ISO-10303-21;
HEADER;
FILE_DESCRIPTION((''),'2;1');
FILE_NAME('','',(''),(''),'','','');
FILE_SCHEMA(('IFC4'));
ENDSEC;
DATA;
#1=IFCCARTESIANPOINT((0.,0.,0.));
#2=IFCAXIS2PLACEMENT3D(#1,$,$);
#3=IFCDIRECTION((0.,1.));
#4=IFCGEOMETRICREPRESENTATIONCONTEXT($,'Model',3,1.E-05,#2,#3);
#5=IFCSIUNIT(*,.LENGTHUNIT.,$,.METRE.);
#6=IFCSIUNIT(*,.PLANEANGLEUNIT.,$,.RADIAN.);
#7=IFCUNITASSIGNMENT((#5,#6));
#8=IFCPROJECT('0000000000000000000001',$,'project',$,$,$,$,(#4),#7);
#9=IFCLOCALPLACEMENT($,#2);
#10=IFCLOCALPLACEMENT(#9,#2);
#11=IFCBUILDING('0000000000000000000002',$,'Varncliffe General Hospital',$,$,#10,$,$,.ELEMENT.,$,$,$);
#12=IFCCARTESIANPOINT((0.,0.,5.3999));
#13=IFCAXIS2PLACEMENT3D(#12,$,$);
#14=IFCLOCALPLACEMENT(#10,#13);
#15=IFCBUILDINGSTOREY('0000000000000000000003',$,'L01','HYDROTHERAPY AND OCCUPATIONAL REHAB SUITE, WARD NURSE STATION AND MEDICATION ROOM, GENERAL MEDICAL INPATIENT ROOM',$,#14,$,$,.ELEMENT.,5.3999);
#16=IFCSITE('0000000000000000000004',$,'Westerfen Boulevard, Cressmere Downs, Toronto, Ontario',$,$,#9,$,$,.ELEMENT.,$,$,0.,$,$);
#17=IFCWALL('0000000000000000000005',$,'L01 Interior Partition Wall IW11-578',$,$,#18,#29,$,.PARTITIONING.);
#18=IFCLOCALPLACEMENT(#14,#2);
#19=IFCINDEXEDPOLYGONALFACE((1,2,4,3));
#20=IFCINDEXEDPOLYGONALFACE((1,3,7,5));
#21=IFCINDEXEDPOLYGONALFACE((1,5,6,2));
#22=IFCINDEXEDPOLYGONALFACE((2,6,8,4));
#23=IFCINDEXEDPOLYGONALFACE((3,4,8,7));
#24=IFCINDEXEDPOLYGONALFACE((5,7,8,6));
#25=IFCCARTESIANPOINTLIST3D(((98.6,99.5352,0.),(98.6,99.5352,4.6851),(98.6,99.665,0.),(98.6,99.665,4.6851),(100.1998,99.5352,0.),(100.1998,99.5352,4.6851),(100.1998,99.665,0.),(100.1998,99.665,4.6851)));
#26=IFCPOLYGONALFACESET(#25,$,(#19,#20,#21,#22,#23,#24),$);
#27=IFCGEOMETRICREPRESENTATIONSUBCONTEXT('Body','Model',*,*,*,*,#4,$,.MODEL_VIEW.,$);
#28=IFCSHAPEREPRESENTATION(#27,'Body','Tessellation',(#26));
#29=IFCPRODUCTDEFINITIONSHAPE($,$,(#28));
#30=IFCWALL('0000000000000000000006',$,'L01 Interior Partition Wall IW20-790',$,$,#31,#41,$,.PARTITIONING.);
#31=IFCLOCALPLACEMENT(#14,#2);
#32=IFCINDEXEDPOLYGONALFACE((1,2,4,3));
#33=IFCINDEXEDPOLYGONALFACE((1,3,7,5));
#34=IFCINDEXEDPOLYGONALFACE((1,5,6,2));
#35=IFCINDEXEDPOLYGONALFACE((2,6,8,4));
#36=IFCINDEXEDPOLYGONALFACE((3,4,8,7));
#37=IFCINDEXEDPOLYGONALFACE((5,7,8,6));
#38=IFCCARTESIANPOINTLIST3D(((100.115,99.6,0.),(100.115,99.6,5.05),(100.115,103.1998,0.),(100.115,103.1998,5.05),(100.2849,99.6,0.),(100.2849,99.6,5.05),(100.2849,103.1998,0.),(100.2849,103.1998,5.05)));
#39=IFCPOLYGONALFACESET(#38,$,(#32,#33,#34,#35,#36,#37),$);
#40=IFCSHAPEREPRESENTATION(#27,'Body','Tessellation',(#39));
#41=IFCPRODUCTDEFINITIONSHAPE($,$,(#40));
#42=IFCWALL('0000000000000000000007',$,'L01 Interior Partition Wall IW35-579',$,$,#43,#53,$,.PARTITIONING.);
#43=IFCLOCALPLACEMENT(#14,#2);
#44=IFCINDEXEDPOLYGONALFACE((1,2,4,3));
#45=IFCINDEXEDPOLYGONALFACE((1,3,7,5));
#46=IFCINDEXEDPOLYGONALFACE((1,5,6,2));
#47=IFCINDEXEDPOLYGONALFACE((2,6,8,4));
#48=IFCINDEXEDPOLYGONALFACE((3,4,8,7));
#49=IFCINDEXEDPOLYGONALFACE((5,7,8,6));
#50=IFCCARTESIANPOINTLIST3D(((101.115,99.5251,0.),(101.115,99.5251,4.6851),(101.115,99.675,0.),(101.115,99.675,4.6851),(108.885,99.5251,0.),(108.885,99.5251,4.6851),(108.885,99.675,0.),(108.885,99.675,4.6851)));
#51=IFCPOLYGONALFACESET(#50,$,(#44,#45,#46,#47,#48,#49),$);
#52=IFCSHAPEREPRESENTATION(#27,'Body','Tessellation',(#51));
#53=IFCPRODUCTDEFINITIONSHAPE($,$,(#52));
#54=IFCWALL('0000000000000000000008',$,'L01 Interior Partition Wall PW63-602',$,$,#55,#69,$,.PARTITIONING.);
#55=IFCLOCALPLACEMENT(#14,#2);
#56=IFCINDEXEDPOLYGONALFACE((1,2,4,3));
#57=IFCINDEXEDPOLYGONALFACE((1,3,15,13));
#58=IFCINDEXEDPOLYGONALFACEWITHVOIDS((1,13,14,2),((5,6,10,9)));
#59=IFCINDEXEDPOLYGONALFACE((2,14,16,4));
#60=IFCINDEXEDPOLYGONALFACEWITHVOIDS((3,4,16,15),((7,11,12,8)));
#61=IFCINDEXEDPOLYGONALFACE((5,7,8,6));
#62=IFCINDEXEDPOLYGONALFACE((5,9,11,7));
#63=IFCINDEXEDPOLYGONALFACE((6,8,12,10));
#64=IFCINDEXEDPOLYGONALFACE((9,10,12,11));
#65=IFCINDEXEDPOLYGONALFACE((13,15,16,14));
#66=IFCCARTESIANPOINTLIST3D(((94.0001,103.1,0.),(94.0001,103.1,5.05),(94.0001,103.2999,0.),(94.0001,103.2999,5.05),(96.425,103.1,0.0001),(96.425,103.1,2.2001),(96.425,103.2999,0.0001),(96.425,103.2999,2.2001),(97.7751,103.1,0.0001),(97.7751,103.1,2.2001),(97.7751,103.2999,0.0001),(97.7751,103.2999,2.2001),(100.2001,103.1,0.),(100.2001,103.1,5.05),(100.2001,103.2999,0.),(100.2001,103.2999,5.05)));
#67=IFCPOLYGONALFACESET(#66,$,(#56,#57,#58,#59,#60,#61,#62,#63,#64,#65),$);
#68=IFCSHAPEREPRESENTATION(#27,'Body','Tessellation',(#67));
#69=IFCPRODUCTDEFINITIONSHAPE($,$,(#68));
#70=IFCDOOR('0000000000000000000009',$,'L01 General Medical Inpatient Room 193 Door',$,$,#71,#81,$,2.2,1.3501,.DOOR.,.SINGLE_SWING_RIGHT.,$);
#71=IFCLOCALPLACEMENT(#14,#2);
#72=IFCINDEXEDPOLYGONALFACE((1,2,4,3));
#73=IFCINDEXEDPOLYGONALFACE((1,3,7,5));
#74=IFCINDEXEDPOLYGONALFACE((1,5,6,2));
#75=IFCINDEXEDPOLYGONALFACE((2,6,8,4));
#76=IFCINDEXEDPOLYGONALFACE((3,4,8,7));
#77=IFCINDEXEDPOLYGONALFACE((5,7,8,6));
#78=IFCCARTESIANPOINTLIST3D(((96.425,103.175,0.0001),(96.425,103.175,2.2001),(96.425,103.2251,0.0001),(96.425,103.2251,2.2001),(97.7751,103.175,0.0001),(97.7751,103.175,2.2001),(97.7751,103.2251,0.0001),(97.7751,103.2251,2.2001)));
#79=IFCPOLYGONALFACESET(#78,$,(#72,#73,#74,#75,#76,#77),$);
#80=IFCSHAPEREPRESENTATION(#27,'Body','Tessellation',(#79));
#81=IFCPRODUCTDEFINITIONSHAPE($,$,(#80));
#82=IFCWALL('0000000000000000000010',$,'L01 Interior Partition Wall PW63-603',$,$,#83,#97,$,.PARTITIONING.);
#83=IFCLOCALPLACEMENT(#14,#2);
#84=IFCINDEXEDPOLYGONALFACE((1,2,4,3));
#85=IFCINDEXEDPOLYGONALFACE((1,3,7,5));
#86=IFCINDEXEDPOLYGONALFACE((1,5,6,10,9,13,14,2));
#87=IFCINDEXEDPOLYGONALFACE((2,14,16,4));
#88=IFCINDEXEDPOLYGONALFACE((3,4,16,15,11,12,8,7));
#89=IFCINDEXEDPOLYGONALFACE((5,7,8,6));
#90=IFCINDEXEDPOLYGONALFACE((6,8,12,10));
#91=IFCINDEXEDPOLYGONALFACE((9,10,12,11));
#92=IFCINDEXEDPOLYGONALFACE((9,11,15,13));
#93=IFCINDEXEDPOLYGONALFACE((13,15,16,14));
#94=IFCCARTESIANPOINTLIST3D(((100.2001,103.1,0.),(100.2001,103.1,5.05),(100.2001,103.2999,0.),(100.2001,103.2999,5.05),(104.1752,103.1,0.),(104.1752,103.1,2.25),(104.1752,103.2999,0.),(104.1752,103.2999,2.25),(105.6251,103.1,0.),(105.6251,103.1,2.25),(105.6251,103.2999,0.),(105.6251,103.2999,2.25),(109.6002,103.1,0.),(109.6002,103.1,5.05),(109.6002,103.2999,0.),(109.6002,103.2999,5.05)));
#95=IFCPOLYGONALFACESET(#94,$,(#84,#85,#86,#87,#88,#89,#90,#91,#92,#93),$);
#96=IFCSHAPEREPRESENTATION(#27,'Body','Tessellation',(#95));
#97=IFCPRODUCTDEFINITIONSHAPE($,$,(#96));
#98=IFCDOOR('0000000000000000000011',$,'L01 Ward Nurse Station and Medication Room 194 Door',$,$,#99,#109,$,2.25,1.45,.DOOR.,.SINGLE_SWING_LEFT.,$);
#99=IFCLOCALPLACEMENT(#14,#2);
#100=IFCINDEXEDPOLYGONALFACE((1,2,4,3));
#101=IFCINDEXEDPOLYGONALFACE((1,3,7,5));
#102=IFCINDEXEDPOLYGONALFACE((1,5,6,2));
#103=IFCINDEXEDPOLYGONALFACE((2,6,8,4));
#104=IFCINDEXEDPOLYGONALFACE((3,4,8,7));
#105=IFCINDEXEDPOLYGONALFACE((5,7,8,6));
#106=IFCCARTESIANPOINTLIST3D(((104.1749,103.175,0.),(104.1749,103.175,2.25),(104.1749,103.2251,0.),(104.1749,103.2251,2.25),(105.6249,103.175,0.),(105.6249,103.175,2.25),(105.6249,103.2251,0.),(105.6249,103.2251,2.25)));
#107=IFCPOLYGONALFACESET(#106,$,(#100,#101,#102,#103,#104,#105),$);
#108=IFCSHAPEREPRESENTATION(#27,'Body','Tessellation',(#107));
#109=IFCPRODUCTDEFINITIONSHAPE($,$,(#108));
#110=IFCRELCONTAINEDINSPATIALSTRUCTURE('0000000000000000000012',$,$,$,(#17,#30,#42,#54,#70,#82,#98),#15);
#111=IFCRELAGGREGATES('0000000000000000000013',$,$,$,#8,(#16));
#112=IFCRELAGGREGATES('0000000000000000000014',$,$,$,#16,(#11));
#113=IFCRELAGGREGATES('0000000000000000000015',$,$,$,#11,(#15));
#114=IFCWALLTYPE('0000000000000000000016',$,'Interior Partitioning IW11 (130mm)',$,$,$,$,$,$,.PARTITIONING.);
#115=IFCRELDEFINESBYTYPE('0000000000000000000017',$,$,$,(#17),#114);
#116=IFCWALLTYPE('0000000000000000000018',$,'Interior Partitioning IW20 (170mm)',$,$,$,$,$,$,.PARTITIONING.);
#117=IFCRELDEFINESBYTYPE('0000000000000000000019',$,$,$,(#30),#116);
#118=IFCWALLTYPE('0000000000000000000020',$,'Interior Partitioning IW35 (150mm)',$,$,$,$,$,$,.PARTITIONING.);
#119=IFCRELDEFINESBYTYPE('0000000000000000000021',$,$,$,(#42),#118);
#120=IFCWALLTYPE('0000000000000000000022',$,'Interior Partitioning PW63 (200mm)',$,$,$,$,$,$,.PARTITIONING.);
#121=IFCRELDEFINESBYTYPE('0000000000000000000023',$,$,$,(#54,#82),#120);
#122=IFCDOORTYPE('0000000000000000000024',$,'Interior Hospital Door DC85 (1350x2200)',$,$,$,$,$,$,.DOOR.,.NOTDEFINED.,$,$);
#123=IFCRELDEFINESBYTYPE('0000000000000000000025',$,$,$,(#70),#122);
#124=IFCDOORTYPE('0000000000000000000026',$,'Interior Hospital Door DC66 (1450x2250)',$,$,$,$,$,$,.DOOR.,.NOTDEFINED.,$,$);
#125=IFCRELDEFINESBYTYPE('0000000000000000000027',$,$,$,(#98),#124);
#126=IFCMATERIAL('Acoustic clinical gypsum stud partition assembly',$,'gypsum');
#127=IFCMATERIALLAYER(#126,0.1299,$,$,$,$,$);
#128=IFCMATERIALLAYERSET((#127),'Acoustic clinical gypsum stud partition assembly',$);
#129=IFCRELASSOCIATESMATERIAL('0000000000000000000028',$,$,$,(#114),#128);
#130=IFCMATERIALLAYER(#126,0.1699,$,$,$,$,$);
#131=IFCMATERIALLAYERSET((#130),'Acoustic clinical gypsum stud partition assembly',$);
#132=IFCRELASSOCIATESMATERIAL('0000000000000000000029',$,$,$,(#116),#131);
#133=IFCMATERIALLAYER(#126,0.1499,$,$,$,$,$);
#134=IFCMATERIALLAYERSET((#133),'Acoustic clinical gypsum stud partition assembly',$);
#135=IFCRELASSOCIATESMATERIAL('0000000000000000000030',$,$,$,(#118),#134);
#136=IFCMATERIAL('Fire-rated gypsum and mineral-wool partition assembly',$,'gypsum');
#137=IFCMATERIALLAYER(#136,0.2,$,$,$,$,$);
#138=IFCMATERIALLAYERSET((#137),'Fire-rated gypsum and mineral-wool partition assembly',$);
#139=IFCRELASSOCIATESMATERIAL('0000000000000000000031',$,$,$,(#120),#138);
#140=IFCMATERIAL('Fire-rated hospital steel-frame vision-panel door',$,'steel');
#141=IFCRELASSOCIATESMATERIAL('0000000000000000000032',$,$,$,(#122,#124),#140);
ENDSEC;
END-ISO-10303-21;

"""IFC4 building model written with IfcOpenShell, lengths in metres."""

from ifc_helpers import new_model, si_unit, direction, frame, frame_2d, origin, place, context, subcontext, project, spatial, rectangle, extrude, material, layer, layer_set, type_object, element, fill, save


model = new_model("IFC4")

# Units and contexts
model_context = context("Model", 3, precision=1e-05, world=origin(), true_north=direction((0.0, 1.0)))
body_context = subcontext(model_context, "Body", "Model", "MODEL_VIEW")
ifc_project = project(units=[si_unit("LENGTHUNIT", "METRE"), si_unit("PLANEANGLEUNIT", "RADIAN")], contexts=[model_context])

# Site, building, storey
site_placement = place(None, origin())
site = spatial("IfcSite", under=ifc_project, at=site_placement, Name="Westerfen Boulevard, Cressmere Downs, Toronto, Ontario", CompositionType="ELEMENT", RefElevation=0.0)
building_placement = place(site_placement, origin())
building = spatial("IfcBuilding", under=site, at=building_placement, Name="Varncliffe General Hospital", CompositionType="ELEMENT")
storey_placement = place(building_placement, frame((0.0, 0.0, 5.3999)))
storey = spatial("IfcBuildingStorey", under=building, at=storey_placement, Name="L01", Description="HYDROTHERAPY AND OCCUPATIONAL REHAB SUITE, WARD NURSE STATION AND MEDICATION ROOM, GENERAL MEDICAL INPATIENT ROOM", CompositionType="ELEMENT", Elevation=5.3999)

# Walls
ifc_material_1 = material(Name="Acoustic clinical gypsum stud partition assembly", Category="gypsum")
ifc_layer_1 = layer(ifc_material_1, 0.1299)
ifc_layer_set_1 = layer_set([ifc_layer_1], Name="Acoustic clinical gypsum stud partition assembly")
wall_type_1 = type_object("IfcWallType", Name="Interior Partitioning IW11 (130mm)", PredefinedType="PARTITIONING", material=ifc_layer_set_1)
wall_1_placement = place(storey_placement, frame((98.6001, 99.6001, 0.0), z_axis=(0.0, 0.0, 1.0), x_axis=(1.0, 0.0, 0.0)))
element("IfcWall", 1, at=wall_1_placement, inside=storey, type_object=wall_type_1, Name="L01 Interior Partition Wall IW11-578", PredefinedType="PARTITIONING", context=body_context, shape_type="SweptSolid", body=[
    extrude(rectangle(XDim=1.5999, YDim=0.1299, at=frame_2d((0.7998, 0.0))), origin(), (0.0, 0.0, 1.0), 4.6851),
])
ifc_layer_2 = layer(ifc_material_1, 0.1699)
ifc_layer_set_2 = layer_set([ifc_layer_2], Name="Acoustic clinical gypsum stud partition assembly")
wall_type_2 = type_object("IfcWallType", Name="Interior Partitioning IW20 (170mm)", PredefinedType="PARTITIONING", material=ifc_layer_set_2)
wall_2_placement = place(storey_placement, frame((100.2, 99.6001, 0.0), z_axis=(0.0, 0.0, 1.0), x_axis=(0.0, 1.0, 0.0)))
element("IfcWall", 2, at=wall_2_placement, inside=storey, type_object=wall_type_2, Name="L01 Interior Partition Wall IW20-790", PredefinedType="PARTITIONING", context=body_context, shape_type="SweptSolid", body=[
    extrude(rectangle(XDim=3.5999, YDim=0.1699, at=frame_2d((1.7998, 0.0))), origin(), (0.0, 0.0, 1.0), 5.05),
])
ifc_layer_3 = layer(ifc_material_1, 0.1499)
ifc_layer_set_3 = layer_set([ifc_layer_3], Name="Acoustic clinical gypsum stud partition assembly")
wall_type_3 = type_object("IfcWallType", Name="Interior Partitioning IW35 (150mm)", PredefinedType="PARTITIONING", material=ifc_layer_set_3)
wall_3_placement = place(storey_placement, frame((101.115, 99.6001, 0.0), z_axis=(0.0, 0.0, 1.0), x_axis=(1.0, 0.0, 0.0)))
element("IfcWall", 3, at=wall_3_placement, inside=storey, type_object=wall_type_3, Name="L01 Interior Partition Wall IW35-579", PredefinedType="PARTITIONING", context=body_context, shape_type="SweptSolid", body=[
    extrude(rectangle(XDim=7.77, YDim=0.1499, at=frame_2d((3.885, 0.0))), origin(), (0.0, 0.0, 1.0), 4.6851),
])

# Walls, openings, doors
ifc_material_2 = material(Name="Fire-rated gypsum and mineral-wool partition assembly", Category="gypsum")
ifc_layer_4 = layer(ifc_material_2, 0.2)
ifc_layer_set_4 = layer_set([ifc_layer_4], Name="Fire-rated gypsum and mineral-wool partition assembly")
wall_type_4 = type_object("IfcWallType", Name="Interior Partitioning PW63 (200mm)", PredefinedType="PARTITIONING", material=ifc_layer_set_4)
wall_4_placement = place(storey_placement, frame((94.0, 103.2, 0.0), z_axis=(0.0, 0.0, 1.0), x_axis=(1.0, 0.0, 0.0)))
wall_4 = element("IfcWall", 4, at=wall_4_placement, inside=storey, type_object=wall_type_4, Name="L01 Interior Partition Wall PW63-602", PredefinedType="PARTITIONING", context=body_context, shape_type="SweptSolid", body=[
    extrude(rectangle(XDim=6.2, YDim=0.2, at=frame_2d((3.1001, 0.0))), origin(), (0.0, 0.0, 1.0), 5.05),
])
opening_1_placement = place(wall_4_placement, frame((2.425, 0.0, 0.0)))
opening_1 = element("IfcOpeningElement", 5, at=opening_1_placement, cuts=wall_4, PredefinedType="OPENING", context=body_context, shape_type="SweptSolid", body=[
    extrude(rectangle(XDim=1.3501, YDim=2.2, at=frame_2d((0.675, 1.1001))), frame((0.0, 0.1099, 0.0), z_axis=(0.0, -1.0, 0.0), x_axis=(1.0, 0.0, 0.0)), (0.0, 0.0, 1.0), 0.22),
])
ifc_material_3 = material(Name="Fire-rated hospital steel-frame vision-panel door", Category="steel")
door_type_1 = type_object("IfcDoorType", Name="Interior Hospital Door DC85 (1350x2200)", OperationType="NOTDEFINED", PredefinedType="DOOR", material=ifc_material_3)
door_1_placement = place(opening_1_placement, frame((1.3501, 0.0, 0.0), z_axis=(0.0, 0.0, 1.0), x_axis=(-1.0, 0.0, 0.0)))
door_1 = element("IfcDoor", 6, at=door_1_placement, inside=storey, type_object=door_type_1, Name="L01 General Medical Inpatient Room 193 Door", OperationType="SINGLE_SWING_RIGHT", OverallHeight=2.2, OverallWidth=1.3501, PredefinedType="DOOR", context=body_context, shape_type="SweptSolid", body=[
    extrude(rectangle(XDim=1.3501, YDim=2.2, at=frame_2d((0.675, 1.1001))), frame((0.0, 0.0249, 0.0), z_axis=(0.0, -1.0, 0.0), x_axis=(1.0, 0.0, 0.0)), (0.0, 0.0, 1.0), 0.05),
])
fill(opening_1, door_1)
wall_5_placement = place(storey_placement, frame((100.2, 103.2, 0.0), z_axis=(0.0, 0.0, 1.0), x_axis=(1.0, 0.0, 0.0)))
wall_5 = element("IfcWall", 7, at=wall_5_placement, inside=storey, type_object=wall_type_4, Name="L01 Interior Partition Wall PW63-603", PredefinedType="PARTITIONING", context=body_context, shape_type="SweptSolid", body=[
    extrude(rectangle(XDim=9.4001, YDim=0.2, at=frame_2d((4.7002, 0.0))), origin(), (0.0, 0.0, 1.0), 5.05),
])
opening_2_placement = place(wall_5_placement, frame((3.9751, 0.0, 0.0)))
opening_2 = element("IfcOpeningElement", 8, at=opening_2_placement, cuts=wall_5, PredefinedType="OPENING", context=body_context, shape_type="SweptSolid", body=[
    extrude(rectangle(XDim=1.45, YDim=2.25, at=frame_2d((0.7251, 1.125))), frame((0.0, 0.1099, 0.0), z_axis=(0.0, -1.0, 0.0), x_axis=(1.0, 0.0, 0.0)), (0.0, 0.0, 1.0), 0.22),
])
door_type_2 = type_object("IfcDoorType", Name="Interior Hospital Door DC66 (1450x2250)", OperationType="NOTDEFINED", PredefinedType="DOOR", material=ifc_material_3)
door_2_placement = place(opening_2_placement, frame((1.45, 0.0, 0.0), z_axis=(0.0, 0.0, 1.0), x_axis=(-1.0, 0.0, 0.0)))
door_2 = element("IfcDoor", 9, at=door_2_placement, inside=storey, type_object=door_type_2, Name="L01 Ward Nurse Station and Medication Room 194 Door", OperationType="SINGLE_SWING_LEFT", OverallHeight=2.25, OverallWidth=1.45, PredefinedType="DOOR", context=body_context, shape_type="SweptSolid", body=[
    extrude(rectangle(XDim=1.45, YDim=2.25, at=frame_2d((0.7251, 1.125))), frame((0.0, 0.0249, 0.0), z_axis=(0.0, -1.0, 0.0), x_axis=(1.0, 0.0, 0.0)), (0.0, 0.0, 1.0), 0.05),
])
fill(opening_2, door_2)

save(model, "model.ifc")
